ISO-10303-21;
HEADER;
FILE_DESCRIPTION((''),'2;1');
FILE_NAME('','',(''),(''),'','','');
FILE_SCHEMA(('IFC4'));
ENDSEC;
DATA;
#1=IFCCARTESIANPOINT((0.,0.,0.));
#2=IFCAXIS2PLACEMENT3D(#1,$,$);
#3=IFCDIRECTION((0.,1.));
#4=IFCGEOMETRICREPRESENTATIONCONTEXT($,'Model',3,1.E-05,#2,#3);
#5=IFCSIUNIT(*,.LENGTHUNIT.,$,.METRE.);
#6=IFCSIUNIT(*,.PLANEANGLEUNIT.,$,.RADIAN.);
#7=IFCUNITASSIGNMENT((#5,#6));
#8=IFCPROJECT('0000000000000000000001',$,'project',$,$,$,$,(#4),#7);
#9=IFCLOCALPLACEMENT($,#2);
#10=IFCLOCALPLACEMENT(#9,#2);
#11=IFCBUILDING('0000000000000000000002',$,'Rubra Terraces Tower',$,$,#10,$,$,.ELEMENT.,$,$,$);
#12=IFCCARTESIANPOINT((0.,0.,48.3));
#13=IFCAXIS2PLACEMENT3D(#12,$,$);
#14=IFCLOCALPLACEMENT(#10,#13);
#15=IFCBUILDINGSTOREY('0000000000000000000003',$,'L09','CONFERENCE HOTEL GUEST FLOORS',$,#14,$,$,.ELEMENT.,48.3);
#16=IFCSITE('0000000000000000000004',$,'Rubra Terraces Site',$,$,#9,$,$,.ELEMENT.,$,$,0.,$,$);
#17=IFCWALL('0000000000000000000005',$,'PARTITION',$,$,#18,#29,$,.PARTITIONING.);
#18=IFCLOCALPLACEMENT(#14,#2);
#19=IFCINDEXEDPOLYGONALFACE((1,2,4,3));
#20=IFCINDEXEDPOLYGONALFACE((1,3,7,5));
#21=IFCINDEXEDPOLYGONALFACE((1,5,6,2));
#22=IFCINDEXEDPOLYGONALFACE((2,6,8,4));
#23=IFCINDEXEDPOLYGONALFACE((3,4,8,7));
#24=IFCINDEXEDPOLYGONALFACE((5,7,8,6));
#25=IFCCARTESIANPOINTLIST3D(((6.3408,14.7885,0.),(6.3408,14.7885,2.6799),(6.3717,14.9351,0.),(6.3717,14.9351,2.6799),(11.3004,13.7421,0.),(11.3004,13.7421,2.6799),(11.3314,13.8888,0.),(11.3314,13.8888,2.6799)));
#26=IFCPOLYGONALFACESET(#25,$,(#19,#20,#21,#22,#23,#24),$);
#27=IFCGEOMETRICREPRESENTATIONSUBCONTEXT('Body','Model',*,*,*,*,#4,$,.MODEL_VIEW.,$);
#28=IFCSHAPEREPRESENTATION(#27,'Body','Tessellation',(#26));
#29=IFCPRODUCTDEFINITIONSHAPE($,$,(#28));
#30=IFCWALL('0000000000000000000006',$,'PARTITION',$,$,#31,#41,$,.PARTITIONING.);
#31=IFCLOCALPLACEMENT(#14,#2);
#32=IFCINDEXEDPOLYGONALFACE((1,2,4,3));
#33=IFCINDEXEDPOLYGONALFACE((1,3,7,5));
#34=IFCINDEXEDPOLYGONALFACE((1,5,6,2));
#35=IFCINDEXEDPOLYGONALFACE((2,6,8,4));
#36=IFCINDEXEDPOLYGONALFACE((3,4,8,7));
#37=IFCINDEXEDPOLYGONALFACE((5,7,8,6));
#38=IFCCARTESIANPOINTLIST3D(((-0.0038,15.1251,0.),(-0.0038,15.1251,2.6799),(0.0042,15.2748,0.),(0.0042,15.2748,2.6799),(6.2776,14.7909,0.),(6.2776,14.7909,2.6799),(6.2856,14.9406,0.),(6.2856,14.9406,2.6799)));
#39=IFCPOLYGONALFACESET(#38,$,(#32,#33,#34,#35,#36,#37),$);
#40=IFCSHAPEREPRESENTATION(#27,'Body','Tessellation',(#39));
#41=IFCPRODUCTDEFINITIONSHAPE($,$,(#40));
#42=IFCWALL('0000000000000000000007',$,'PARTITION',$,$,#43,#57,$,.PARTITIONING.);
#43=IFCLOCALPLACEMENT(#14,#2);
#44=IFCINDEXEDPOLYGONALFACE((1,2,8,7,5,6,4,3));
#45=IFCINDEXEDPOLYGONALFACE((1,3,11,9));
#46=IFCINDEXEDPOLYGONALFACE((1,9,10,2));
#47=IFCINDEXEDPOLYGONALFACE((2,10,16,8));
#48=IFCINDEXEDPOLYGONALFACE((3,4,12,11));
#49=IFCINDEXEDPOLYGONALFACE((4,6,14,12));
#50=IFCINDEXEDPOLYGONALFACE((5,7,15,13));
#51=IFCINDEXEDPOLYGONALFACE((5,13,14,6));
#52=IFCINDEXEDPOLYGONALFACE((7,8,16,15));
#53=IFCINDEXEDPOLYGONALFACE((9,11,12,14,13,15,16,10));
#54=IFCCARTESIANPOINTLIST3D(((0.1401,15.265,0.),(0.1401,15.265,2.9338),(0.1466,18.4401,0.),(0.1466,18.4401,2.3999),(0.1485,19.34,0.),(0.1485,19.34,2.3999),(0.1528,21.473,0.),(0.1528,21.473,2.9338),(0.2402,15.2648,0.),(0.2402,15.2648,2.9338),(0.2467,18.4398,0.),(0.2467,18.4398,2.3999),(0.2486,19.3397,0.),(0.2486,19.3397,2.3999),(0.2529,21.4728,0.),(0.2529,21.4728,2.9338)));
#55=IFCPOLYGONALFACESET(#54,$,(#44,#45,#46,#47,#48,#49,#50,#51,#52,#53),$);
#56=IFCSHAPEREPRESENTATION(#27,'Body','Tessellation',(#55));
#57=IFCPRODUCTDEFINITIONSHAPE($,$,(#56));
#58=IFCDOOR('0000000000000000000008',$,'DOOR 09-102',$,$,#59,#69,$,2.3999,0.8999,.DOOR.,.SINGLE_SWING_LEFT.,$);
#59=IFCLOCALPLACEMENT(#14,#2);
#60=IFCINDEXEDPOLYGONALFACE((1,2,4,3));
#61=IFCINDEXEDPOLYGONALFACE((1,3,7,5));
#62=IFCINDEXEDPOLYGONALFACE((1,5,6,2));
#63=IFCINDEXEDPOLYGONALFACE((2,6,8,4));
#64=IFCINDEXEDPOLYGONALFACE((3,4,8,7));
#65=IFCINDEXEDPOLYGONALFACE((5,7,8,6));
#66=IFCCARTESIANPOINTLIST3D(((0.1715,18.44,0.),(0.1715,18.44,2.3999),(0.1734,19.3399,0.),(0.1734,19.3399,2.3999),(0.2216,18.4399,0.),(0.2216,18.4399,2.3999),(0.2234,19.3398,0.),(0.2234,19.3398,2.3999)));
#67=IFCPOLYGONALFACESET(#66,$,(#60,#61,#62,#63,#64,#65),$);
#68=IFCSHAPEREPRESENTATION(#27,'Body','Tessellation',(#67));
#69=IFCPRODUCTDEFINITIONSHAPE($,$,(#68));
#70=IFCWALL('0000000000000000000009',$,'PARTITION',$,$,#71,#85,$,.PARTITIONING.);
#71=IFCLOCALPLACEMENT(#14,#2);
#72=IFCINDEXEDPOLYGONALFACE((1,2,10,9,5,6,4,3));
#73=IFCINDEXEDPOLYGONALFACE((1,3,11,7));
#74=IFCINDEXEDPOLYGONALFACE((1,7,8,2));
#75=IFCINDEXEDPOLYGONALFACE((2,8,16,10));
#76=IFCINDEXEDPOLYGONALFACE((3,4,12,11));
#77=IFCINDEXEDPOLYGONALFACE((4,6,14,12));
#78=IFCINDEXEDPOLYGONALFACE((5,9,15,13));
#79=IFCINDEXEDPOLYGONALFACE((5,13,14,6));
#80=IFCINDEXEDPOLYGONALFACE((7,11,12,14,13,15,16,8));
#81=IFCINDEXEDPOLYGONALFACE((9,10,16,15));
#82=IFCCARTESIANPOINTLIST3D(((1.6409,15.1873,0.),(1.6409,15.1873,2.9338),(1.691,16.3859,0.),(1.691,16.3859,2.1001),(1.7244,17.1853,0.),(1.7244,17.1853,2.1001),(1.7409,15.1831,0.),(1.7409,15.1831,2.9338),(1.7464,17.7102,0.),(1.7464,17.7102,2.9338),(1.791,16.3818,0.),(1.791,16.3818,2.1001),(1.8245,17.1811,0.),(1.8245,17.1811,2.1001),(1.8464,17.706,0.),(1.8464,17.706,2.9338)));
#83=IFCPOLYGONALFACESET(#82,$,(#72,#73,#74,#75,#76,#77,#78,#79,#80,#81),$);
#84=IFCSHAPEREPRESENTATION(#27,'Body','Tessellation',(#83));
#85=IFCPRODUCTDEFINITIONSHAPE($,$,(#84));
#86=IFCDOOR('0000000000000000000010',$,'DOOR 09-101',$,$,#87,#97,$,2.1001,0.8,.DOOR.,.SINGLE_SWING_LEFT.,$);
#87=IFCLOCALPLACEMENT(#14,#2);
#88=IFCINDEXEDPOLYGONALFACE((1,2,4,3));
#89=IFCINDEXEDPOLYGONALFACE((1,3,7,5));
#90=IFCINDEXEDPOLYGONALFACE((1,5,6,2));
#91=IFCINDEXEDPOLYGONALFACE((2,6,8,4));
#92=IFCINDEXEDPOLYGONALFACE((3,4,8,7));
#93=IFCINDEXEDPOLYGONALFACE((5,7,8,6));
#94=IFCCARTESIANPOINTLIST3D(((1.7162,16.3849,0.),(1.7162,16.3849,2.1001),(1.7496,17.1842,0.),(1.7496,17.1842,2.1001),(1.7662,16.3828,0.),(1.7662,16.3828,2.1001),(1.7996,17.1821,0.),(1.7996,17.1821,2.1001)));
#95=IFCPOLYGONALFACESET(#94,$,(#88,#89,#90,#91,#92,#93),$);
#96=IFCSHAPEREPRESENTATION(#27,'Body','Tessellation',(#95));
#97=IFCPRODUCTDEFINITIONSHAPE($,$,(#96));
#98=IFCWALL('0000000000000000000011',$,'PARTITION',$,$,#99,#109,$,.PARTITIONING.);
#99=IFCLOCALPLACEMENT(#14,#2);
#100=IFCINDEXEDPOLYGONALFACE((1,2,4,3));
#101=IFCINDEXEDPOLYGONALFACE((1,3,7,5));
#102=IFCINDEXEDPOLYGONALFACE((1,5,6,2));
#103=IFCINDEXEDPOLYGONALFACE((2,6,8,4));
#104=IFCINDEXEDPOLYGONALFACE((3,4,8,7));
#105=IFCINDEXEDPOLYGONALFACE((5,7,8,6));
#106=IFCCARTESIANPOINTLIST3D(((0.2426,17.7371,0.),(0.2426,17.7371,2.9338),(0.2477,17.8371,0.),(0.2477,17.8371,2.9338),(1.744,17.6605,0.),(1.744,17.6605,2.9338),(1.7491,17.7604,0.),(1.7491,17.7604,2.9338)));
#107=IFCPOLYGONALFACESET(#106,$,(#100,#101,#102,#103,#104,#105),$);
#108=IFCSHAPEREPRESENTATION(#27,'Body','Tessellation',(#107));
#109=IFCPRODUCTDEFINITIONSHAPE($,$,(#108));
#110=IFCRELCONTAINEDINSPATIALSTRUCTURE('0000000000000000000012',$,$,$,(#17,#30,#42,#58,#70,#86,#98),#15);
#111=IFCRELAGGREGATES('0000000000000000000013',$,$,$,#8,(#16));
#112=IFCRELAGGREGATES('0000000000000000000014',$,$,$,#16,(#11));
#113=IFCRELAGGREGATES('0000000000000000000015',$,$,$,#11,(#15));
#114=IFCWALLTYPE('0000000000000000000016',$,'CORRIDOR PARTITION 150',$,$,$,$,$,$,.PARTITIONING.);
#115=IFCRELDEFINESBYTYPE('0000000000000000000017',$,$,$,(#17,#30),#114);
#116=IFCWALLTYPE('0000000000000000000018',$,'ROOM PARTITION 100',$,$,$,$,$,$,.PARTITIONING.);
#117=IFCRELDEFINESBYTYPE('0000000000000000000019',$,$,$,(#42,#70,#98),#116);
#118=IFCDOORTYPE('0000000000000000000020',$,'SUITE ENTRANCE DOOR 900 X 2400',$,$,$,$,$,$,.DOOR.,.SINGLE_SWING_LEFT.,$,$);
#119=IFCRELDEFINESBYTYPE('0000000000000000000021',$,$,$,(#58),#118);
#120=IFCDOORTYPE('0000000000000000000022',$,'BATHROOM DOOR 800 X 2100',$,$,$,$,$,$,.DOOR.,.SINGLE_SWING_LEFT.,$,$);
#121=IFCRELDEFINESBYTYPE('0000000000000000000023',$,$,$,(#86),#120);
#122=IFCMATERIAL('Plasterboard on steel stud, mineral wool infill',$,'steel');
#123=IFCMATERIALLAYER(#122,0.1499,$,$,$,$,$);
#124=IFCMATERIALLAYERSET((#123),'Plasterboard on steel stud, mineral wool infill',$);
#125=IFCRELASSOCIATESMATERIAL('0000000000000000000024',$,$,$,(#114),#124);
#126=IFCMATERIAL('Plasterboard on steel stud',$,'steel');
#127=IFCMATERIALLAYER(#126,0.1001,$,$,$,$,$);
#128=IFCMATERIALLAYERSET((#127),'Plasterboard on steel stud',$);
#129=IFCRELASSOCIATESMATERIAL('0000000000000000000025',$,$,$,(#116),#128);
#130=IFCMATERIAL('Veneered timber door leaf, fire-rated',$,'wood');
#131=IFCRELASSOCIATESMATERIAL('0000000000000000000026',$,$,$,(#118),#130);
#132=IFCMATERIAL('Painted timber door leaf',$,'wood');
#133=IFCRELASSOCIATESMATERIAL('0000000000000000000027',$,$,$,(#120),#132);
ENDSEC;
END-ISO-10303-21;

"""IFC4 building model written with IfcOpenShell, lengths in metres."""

from ifc_helpers import new_model, si_unit, direction, frame, frame_2d, origin, place, context, subcontext, project, spatial, rectangle, extrude, material, layer, layer_set, type_object, element, fill, save


model = new_model("IFC4")

# Units and contexts
model_context = context("Model", 3, precision=1e-05, world=origin(), true_north=direction((0.0, 1.0)))
body_context = subcontext(model_context, "Body", "Model", "MODEL_VIEW")
ifc_project = project(units=[si_unit("LENGTHUNIT", "METRE"), si_unit("PLANEANGLEUNIT", "RADIAN")], contexts=[model_context])

# Site, building, storey
site_placement = place(None, origin())
site = spatial("IfcSite", under=ifc_project, at=site_placement, Name="Rubra Terraces Site", CompositionType="ELEMENT", RefElevation=0.0)
building_placement = place(site_placement, origin())
building = spatial("IfcBuilding", under=site, at=building_placement, Name="Rubra Terraces Tower", CompositionType="ELEMENT")
storey_placement = place(building_placement, frame((0.0, 0.0, 48.3)))
storey = spatial("IfcBuildingStorey", under=building, at=storey_placement, Name="L09", Description="CONFERENCE HOTEL GUEST FLOORS", CompositionType="ELEMENT", Elevation=48.3)

# Walls
ifc_material_1 = material(Name="Plasterboard on steel stud, mineral wool infill", Category="steel")
ifc_layer_1 = layer(ifc_material_1, 0.1499)
ifc_layer_set_1 = layer_set([ifc_layer_1], Name="Plasterboard on steel stud, mineral wool infill")
wall_type_1 = type_object("IfcWallType", Name="CORRIDOR PARTITION 150", PredefinedType="PARTITIONING", material=ifc_layer_set_1)
wall_1_placement = place(storey_placement, frame((11.3159, 13.8154, 0.0), z_axis=(0.0, 0.0, 1.0), x_axis=(-0.978461, 0.206433, 0.0)))
element("IfcWall", 1, at=wall_1_placement, inside=storey, type_object=wall_type_1, Name="PARTITION", PredefinedType="PARTITIONING", context=body_context, shape_type="SweptSolid", body=[
    extrude(rectangle(XDim=5.0688, YDim=0.1499, at=frame_2d((2.5344, 0.0))), origin(), (0.0, 0.0, 1.0), 2.6799),
])
wall_2_placement = place(storey_placement, frame((6.2815, 14.8657, 0.0), z_axis=(0.0, 0.0, 1.0), x_axis=(-0.998587, 0.053133, 0.0)))
element("IfcWall", 2, at=wall_2_placement, inside=storey, type_object=wall_type_1, Name="PARTITION", PredefinedType="PARTITIONING", context=body_context, shape_type="SweptSolid", body=[
    extrude(rectangle(XDim=6.2903, YDim=0.1499, at=frame_2d((3.145, 0.0))), origin(), (0.0, 0.0, 1.0), 2.6799),
])

# Walls, openings, doors
ifc_material_2 = material(Name="Plasterboard on steel stud", Category="steel")
ifc_layer_2 = layer(ifc_material_2, 0.1001)
ifc_layer_set_2 = layer_set([ifc_layer_2], Name="Plasterboard on steel stud")
wall_type_2 = type_object("IfcWallType", Name="ROOM PARTITION 100", PredefinedType="PARTITIONING", material=ifc_layer_set_2)
wall_3_placement = place(storey_placement, frame((0.2029, 21.4729, 0.0), z_axis=(0.0, 0.0, 1.0), x_axis=(-0.002045, -0.999998, 0.0)))
wall_3 = element("IfcWall", 3, at=wall_3_placement, inside=storey, type_object=wall_type_2, Name="PARTITION", PredefinedType="PARTITIONING", context=body_context, shape_type="SweptSolid", body=[
    extrude(rectangle(XDim=6.208, YDim=0.1001, at=frame_2d((3.104, 0.0))), origin(), (0.0, 0.0, 1.0), 2.9338),
])
opening_1_placement = place(wall_3_placement, frame((2.1331, 0.0, 0.0)))
opening_1 = element("IfcOpeningElement", 4, at=opening_1_placement, cuts=wall_3, PredefinedType="OPENING", context=body_context, shape_type="SweptSolid", body=[
    extrude(rectangle(XDim=0.8999, YDim=2.3999, at=frame_2d((0.45, 1.2))), frame((0.0, 0.0601, 0.0), z_axis=(0.0, -1.0, 0.0), x_axis=(1.0, 0.0, 0.0)), (0.0, 0.0, 1.0), 0.1201),
])
ifc_material_3 = material(Name="Veneered timber door leaf, fire-rated", Category="wood")
door_type_1 = type_object("IfcDoorType", Name="SUITE ENTRANCE DOOR 900 X 2400", OperationType="SINGLE_SWING_LEFT", PredefinedType="DOOR", material=ifc_material_3)
door_1_placement = place(opening_1_placement, origin())
door_1 = element("IfcDoor", 5, at=door_1_placement, inside=storey, type_object=door_type_1, Name="DOOR 09-102", OperationType="SINGLE_SWING_LEFT", OverallHeight=2.3999, OverallWidth=0.8999, PredefinedType="DOOR", context=body_context, shape_type="SweptSolid", body=[
    extrude(rectangle(XDim=0.8999, YDim=2.3999, at=frame_2d((0.45, 1.2))), frame((0.0, 0.0249, 0.0), z_axis=(0.0, -1.0, 0.0), x_axis=(1.0, 0.0, 0.0)), (0.0, 0.0, 1.0), 0.05),
])
fill(opening_1, door_1)
wall_4_placement = place(storey_placement, frame((1.6909, 15.1851, 0.0), z_axis=(0.0, 0.0, 1.0), x_axis=(0.041767, 0.999127, 0.0)))
wall_4 = element("IfcWall", 6, at=wall_4_placement, inside=storey, type_object=wall_type_2, Name="PARTITION", PredefinedType="PARTITIONING", context=body_context, shape_type="SweptSolid", body=[
    extrude(rectangle(XDim=2.5251, YDim=0.1001, at=frame_2d((1.2627, 0.0))), origin(), (0.0, 0.0, 1.0), 2.9338),
])
opening_2_placement = place(wall_4_placement, frame((1.2, 0.0, 0.0)))
opening_2 = element("IfcOpeningElement", 7, at=opening_2_placement, cuts=wall_4, PredefinedType="OPENING", context=body_context, shape_type="SweptSolid", body=[
    extrude(rectangle(XDim=0.8, YDim=2.1001, at=frame_2d((0.3999, 1.05))), frame((0.0, 0.0601, 0.0), z_axis=(0.0, -1.0, 0.0), x_axis=(1.0, 0.0, 0.0)), (0.0, 0.0, 1.0), 0.1201),
])
ifc_material_4 = material(Name="Painted timber door leaf", Category="wood")
door_type_2 = type_object("IfcDoorType", Name="BATHROOM DOOR 800 X 2100", OperationType="SINGLE_SWING_LEFT", PredefinedType="DOOR", material=ifc_material_4)
door_2_placement = place(opening_2_placement, origin())
door_2 = element("IfcDoor", 8, at=door_2_placement, inside=storey, type_object=door_type_2, Name="DOOR 09-101", OperationType="SINGLE_SWING_LEFT", OverallHeight=2.1001, OverallWidth=0.8, PredefinedType="DOOR", context=body_context, shape_type="SweptSolid", body=[
    extrude(rectangle(XDim=0.8, YDim=2.1001, at=frame_2d((0.3999, 1.05))), frame((0.0, 0.0249, 0.0), z_axis=(0.0, -1.0, 0.0), x_axis=(1.0, 0.0, 0.0)), (0.0, 0.0, 1.0), 0.05),
])
fill(opening_2, door_2)

# Wall
wall_5_placement = place(storey_placement, frame((1.7466, 17.7104, 0.0), z_axis=(0.0, 0.0, 1.0), x_axis=(-0.998699, 0.05099, 0.0)))
element("IfcWall", 9, at=wall_5_placement, inside=storey, type_object=wall_type_2, Name="PARTITION", PredefinedType="PARTITIONING", context=body_context, shape_type="SweptSolid", body=[
    extrude(rectangle(XDim=1.5034, YDim=0.1001, at=frame_2d((0.7517, 0.0))), origin(), (0.0, 0.0, 1.0), 2.9338),
])

save(model, "model.ifc")
